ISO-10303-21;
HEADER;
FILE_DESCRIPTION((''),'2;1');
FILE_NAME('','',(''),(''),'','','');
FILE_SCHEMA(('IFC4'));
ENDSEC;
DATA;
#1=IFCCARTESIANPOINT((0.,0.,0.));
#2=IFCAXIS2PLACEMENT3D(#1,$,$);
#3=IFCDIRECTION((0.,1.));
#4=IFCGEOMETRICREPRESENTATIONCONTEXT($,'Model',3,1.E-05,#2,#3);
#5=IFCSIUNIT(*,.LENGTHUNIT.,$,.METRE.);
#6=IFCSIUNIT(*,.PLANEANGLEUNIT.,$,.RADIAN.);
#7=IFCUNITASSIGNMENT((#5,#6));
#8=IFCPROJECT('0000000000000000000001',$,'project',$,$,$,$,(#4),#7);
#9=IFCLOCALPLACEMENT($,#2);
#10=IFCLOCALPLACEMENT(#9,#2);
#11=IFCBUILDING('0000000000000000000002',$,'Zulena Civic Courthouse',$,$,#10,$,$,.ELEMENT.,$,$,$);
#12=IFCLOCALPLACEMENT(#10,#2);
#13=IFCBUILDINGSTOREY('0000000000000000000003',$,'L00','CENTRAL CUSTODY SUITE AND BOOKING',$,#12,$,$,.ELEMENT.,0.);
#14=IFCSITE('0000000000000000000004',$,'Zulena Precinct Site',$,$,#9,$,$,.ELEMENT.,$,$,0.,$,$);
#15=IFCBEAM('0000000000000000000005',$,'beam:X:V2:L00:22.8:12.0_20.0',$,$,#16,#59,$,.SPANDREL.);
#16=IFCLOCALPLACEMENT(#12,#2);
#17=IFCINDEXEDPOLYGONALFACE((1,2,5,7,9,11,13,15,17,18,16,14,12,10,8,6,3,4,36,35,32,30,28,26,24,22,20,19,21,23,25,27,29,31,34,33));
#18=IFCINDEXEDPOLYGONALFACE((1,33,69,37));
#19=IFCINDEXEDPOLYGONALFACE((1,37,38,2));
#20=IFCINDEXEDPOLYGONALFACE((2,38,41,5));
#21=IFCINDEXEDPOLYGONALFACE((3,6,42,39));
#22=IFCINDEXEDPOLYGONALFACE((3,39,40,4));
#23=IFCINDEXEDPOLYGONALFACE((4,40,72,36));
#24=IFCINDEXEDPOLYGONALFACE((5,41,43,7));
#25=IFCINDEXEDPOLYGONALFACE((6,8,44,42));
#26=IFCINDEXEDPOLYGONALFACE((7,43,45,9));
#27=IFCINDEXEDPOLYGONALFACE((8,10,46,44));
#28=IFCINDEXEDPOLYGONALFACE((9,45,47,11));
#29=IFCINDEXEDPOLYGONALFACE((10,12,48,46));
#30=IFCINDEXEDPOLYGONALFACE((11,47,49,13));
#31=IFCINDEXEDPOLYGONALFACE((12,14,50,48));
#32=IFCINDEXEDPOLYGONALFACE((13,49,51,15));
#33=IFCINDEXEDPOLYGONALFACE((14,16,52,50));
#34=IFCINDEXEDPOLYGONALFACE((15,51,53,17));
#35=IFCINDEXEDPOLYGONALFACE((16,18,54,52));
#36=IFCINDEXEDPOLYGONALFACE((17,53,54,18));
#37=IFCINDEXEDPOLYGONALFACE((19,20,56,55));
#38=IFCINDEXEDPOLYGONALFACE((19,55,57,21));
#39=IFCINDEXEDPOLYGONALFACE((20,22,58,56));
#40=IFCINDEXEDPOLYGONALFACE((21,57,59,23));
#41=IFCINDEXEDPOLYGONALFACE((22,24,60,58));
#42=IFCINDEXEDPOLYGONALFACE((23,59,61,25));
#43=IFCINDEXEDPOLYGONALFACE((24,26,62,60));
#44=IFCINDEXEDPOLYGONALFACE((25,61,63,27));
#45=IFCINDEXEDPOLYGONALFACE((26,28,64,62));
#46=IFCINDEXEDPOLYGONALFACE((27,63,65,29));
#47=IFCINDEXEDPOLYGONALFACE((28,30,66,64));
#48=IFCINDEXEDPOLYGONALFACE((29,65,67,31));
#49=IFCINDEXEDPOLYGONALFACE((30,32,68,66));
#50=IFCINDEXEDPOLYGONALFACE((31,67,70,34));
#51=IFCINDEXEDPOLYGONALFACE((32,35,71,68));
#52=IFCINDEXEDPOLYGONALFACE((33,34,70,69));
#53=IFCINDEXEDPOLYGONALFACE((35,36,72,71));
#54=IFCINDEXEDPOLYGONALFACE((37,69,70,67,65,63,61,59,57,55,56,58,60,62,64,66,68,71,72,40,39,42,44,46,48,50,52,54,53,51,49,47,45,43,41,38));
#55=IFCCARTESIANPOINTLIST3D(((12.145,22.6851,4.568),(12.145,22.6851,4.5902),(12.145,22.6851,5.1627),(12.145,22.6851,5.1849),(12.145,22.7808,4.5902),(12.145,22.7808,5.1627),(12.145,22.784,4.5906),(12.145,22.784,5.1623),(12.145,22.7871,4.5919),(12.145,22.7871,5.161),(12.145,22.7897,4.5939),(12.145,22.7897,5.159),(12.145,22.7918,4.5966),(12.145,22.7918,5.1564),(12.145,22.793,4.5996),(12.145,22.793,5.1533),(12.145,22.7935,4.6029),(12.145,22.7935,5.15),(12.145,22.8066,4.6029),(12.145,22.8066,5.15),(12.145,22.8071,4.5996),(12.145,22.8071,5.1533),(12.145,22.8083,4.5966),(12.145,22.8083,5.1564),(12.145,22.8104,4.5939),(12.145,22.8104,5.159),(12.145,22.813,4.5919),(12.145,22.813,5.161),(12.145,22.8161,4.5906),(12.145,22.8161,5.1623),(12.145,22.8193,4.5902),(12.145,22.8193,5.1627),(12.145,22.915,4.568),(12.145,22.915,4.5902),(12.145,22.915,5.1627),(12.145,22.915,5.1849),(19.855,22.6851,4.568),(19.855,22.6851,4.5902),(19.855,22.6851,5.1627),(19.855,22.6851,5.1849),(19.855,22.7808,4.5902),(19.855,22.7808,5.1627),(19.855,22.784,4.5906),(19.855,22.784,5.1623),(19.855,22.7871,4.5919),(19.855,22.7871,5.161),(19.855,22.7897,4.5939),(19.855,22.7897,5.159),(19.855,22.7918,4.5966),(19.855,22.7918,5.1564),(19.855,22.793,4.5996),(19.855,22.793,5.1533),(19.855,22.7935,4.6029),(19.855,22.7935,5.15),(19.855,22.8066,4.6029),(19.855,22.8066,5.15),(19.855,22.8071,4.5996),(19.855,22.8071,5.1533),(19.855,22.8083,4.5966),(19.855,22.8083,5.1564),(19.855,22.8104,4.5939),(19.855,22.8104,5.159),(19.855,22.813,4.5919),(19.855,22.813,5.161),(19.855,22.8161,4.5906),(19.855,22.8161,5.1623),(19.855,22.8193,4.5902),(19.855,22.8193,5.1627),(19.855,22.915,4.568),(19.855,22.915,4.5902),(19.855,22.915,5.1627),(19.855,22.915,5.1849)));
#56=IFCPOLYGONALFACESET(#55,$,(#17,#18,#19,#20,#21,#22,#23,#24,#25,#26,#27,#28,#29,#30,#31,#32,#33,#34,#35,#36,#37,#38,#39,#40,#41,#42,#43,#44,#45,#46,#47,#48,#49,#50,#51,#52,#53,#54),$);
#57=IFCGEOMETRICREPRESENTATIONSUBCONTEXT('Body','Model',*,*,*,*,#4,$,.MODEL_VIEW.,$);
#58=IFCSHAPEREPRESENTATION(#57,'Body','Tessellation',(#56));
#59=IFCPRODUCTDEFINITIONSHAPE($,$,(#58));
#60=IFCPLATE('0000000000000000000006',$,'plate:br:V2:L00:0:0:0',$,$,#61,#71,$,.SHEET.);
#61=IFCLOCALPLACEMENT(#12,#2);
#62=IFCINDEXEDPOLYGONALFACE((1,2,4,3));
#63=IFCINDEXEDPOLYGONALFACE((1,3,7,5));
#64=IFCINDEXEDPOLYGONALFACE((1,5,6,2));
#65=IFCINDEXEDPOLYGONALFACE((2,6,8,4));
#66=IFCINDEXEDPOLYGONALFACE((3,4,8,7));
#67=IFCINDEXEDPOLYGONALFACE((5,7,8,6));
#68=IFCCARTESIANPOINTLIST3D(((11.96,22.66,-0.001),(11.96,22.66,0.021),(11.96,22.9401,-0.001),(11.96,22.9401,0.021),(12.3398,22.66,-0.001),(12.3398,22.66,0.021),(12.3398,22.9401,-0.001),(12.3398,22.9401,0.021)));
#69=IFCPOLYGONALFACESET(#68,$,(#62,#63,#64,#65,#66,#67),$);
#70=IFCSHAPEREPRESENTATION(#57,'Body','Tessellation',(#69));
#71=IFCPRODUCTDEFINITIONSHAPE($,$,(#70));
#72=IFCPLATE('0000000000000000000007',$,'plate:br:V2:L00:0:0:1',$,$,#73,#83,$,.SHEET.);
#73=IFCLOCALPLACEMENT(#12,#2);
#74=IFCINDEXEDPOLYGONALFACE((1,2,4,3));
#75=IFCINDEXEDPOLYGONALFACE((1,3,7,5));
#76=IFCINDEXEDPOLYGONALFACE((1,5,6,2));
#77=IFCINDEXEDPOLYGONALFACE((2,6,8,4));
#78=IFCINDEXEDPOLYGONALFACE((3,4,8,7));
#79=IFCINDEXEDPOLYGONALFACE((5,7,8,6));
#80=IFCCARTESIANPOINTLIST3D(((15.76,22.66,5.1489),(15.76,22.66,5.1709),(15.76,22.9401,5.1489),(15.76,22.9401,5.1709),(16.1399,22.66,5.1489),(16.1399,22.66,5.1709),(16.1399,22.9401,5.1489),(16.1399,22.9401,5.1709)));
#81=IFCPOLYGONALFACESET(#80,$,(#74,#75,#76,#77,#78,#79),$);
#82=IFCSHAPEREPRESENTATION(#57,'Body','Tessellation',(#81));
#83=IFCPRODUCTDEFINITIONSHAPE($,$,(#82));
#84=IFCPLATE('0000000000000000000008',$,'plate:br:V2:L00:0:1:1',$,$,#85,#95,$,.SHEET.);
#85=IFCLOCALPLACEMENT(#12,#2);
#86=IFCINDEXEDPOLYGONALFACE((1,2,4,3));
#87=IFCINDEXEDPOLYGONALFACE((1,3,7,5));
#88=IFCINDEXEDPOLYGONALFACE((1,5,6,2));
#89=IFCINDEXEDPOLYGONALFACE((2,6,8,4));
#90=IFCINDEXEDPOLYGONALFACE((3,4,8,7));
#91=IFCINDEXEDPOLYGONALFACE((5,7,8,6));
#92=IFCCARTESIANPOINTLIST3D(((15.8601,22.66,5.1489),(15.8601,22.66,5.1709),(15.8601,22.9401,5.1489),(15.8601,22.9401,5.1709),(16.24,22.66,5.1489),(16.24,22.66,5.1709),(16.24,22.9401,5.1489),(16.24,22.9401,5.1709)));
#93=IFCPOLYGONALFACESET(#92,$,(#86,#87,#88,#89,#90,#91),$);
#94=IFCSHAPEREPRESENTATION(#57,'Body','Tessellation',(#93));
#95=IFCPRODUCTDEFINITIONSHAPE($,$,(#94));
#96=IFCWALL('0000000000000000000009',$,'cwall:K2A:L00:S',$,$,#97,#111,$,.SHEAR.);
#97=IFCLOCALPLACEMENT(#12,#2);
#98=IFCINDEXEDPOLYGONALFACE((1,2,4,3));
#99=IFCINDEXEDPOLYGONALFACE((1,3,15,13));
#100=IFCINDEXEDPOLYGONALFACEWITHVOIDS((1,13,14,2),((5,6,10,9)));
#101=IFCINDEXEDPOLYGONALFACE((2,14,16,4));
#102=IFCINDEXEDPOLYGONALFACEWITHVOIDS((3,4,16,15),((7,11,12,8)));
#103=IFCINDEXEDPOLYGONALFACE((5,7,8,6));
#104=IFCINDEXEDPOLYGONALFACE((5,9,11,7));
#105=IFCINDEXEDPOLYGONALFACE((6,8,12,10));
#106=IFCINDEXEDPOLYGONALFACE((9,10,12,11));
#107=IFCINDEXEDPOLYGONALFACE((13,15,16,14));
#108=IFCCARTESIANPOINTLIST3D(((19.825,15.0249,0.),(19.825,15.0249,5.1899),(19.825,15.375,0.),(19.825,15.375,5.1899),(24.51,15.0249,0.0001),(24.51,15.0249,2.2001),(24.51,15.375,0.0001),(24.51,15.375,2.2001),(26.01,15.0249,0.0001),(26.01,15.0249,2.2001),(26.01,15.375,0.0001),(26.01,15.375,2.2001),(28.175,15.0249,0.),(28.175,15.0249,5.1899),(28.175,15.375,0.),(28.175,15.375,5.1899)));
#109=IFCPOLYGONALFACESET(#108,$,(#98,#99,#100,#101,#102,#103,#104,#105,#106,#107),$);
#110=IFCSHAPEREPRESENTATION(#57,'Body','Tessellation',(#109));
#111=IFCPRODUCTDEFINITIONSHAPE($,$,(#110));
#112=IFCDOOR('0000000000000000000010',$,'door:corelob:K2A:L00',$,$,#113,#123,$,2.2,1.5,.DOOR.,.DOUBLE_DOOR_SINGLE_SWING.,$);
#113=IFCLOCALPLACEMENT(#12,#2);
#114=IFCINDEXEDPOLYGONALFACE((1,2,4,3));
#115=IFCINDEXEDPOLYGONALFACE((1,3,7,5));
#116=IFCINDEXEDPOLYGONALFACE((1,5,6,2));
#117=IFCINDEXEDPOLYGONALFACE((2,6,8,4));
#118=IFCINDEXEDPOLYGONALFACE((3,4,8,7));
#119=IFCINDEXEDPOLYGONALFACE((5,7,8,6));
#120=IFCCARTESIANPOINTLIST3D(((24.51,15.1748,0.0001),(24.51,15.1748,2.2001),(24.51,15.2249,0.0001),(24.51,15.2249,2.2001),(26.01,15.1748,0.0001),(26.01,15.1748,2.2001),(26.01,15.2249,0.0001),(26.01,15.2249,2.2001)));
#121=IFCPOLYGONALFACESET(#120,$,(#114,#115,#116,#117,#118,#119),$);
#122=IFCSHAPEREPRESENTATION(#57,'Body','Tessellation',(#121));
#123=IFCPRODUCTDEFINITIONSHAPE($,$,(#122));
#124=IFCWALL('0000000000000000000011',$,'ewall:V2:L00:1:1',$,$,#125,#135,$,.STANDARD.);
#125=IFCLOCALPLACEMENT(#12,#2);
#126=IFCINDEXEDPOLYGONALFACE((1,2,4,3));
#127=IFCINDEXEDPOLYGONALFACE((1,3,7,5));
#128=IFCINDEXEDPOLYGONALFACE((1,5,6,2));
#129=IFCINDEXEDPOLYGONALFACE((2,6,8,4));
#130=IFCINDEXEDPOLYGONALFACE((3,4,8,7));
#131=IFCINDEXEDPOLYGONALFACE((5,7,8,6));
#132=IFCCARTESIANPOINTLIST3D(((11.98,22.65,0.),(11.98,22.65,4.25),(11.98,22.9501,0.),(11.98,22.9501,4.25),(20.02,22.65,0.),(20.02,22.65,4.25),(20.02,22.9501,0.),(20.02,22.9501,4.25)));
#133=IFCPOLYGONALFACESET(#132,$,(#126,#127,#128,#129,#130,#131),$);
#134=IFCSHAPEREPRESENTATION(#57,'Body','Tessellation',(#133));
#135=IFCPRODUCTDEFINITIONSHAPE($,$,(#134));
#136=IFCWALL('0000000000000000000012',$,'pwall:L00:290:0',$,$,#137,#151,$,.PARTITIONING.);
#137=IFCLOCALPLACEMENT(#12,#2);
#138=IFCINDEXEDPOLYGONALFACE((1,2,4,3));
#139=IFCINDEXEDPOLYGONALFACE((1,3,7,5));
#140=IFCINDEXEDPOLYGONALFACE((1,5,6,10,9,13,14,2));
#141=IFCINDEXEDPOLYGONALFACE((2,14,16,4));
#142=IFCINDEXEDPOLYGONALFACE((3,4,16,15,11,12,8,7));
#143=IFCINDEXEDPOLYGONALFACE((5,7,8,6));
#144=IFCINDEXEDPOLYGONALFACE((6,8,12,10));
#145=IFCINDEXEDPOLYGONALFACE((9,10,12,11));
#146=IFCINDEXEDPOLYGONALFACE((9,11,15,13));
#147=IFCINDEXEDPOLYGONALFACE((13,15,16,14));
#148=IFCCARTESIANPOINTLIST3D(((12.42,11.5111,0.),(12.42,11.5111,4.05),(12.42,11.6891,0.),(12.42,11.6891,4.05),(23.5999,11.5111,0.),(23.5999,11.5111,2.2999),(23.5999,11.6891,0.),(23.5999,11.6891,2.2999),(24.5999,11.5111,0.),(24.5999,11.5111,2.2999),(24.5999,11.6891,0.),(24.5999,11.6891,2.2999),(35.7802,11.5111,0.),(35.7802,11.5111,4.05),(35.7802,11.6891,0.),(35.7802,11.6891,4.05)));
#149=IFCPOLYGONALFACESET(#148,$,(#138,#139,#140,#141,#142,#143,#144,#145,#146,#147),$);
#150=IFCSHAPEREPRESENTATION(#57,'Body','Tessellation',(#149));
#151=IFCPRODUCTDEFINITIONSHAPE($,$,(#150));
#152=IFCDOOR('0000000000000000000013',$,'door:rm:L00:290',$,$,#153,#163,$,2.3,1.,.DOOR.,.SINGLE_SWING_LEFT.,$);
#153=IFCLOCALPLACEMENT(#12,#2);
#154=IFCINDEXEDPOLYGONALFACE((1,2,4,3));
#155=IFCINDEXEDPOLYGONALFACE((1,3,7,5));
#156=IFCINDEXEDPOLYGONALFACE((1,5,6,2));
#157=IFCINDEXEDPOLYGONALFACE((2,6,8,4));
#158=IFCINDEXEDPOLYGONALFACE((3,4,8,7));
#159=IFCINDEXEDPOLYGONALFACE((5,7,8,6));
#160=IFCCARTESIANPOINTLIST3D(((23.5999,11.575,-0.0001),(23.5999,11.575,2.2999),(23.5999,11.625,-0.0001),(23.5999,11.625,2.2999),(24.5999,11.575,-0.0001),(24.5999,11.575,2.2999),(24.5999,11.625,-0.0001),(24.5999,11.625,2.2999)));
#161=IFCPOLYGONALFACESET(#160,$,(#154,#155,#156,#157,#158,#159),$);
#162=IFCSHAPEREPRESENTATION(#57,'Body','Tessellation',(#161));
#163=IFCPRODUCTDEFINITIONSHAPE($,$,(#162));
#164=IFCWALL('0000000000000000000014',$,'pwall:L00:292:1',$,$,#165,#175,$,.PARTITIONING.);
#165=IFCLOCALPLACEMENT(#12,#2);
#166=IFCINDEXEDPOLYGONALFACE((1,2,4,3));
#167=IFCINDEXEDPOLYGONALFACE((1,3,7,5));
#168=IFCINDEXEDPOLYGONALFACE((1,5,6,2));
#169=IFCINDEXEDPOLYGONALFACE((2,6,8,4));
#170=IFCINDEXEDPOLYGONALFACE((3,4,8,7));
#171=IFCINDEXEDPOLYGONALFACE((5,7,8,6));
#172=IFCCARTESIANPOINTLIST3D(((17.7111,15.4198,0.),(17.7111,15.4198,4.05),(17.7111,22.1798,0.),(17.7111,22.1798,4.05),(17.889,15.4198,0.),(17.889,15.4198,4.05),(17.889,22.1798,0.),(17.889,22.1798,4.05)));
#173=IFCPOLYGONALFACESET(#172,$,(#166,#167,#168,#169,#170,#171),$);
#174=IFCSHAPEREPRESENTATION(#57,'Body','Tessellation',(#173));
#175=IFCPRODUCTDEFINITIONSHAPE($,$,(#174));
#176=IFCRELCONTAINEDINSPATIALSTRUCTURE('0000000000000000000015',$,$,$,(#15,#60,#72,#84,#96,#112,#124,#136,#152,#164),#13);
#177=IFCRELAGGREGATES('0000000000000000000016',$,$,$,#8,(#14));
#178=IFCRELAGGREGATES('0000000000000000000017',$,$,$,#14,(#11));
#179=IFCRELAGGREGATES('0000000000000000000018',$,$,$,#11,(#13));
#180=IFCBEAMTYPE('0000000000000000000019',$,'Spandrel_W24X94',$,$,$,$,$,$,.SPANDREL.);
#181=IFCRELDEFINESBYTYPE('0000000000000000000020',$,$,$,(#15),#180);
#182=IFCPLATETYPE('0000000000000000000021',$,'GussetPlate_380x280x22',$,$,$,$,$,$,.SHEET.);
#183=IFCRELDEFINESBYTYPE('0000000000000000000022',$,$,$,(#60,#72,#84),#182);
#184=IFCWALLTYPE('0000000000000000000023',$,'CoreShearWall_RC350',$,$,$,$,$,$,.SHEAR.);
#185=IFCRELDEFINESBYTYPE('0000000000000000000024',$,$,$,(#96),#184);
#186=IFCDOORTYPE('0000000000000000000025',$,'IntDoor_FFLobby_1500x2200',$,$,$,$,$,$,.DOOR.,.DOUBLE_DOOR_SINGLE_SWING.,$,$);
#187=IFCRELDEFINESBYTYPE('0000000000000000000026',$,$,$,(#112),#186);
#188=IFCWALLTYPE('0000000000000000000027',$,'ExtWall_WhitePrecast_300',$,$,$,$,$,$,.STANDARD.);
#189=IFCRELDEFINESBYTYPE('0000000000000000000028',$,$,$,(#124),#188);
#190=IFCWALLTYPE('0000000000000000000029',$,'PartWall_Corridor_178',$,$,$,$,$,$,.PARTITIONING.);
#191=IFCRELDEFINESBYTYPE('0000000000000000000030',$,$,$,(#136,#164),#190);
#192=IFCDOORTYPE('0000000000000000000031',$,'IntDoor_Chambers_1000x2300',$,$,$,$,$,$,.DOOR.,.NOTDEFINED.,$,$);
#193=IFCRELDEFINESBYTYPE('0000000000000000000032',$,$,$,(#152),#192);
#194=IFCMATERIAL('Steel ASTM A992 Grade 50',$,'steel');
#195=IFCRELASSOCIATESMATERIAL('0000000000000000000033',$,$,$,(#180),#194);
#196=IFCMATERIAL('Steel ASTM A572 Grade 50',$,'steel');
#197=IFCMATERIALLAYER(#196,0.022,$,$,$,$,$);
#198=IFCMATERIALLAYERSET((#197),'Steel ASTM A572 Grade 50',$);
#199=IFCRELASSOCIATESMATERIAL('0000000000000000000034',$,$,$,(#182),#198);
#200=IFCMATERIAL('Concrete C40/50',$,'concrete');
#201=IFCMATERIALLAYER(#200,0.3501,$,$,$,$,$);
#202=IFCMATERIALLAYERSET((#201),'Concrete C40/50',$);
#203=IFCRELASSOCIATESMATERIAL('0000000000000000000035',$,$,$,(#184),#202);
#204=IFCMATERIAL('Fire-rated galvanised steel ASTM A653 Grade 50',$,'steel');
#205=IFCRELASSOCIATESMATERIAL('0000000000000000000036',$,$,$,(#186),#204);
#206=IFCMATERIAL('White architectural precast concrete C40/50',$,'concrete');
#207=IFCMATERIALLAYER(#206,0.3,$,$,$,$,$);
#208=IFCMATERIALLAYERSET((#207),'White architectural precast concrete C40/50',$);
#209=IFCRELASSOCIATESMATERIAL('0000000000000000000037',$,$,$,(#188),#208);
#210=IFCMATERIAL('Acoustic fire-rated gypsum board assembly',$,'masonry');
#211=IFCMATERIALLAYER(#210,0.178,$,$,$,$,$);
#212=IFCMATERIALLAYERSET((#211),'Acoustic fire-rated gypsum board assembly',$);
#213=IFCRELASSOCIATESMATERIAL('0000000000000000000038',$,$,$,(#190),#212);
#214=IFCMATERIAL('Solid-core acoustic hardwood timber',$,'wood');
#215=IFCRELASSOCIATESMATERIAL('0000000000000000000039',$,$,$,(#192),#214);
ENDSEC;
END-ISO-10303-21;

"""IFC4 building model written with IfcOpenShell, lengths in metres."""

from ifc_helpers import new_model, si_unit, direction, frame, frame_2d, origin, origin_2d, place, context, subcontext, project, spatial, rectangle, i_section, extrude, material, layer, layer_set, material_profile, profile_set, type_object, element, fill, save


model = new_model("IFC4")

# Units and contexts
model_context = context("Model", 3, precision=1e-05, world=origin(), true_north=direction((0.0, 1.0)))
body_context = subcontext(model_context, "Body", "Model", "MODEL_VIEW")
ifc_project = project(units=[si_unit("LENGTHUNIT", "METRE"), si_unit("PLANEANGLEUNIT", "RADIAN")], contexts=[model_context])

# Site, building, storey
site_placement = place(None, origin())
site = spatial("IfcSite", under=ifc_project, at=site_placement, Name="Zulena Precinct Site", CompositionType="ELEMENT", RefElevation=0.0)
building_placement = place(site_placement, origin())
building = spatial("IfcBuilding", under=site, at=building_placement, Name="Zulena Civic Courthouse", CompositionType="ELEMENT")
storey_placement = place(building_placement, origin())
storey = spatial("IfcBuildingStorey", under=building, at=storey_placement, Name="L00", Description="CENTRAL CUSTODY SUITE AND BOOKING", CompositionType="ELEMENT", Elevation=0.0)

# Shared definitions
ifc_material_1 = material(Name="Concrete C40/50", Category="concrete")

# Shared definitions
ifc_material_2 = material(Name="Steel ASTM A992 Grade 50", Category="steel")

# Beam
ifc_material_profile_1 = material_profile(ifc_material_2, i_section(OverallWidth=0.23, OverallDepth=0.6169, WebThickness=0.0132, FlangeThickness=0.0222, FilletRadius=0.0127, at=origin_2d()), Name="W24X94")
ifc_profile_set_1 = profile_set([ifc_material_profile_1], Name="Steel ASTM A992 Grade 50")
beam_type_1 = type_object("IfcBeamType", Name="Spandrel_W24X94", PredefinedType="SPANDREL", material=ifc_profile_set_1)
beam_1_placement = place(storey_placement, frame((12.145, 22.8, 4.8765), z_axis=(1.0, 0.0, 0.0), x_axis=(0.0, 1.0, 0.0)))
element("IfcBeam", 1, at=beam_1_placement, inside=storey, type_object=beam_type_1, Name="beam:X:V2:L00:22.8:12.0_20.0", PredefinedType="SPANDREL", context=body_context, shape_type="SweptSolid", body=[
    extrude(i_section(OverallWidth=0.23, OverallDepth=0.6169, WebThickness=0.0132, FlangeThickness=0.0222, FilletRadius=0.0127, at=origin_2d()), origin(), (0.0, 0.0, 1.0), 7.71),
])

# Plates
ifc_material_3 = material(Name="Steel ASTM A572 Grade 50", Category="steel")
ifc_layer_1 = layer(ifc_material_3, 0.022)
ifc_layer_set_1 = layer_set([ifc_layer_1], Name="Steel ASTM A572 Grade 50")
plate_type = type_object("IfcPlateType", Name="GussetPlate_380x280x22", PredefinedType="SHEET", material=ifc_layer_set_1)
for number, where, z_axis, x_axis, name in (
    (2, (12.1499, 22.8, -0.001), (0.0, 0.0, 1.0), (1.0, 0.0, 0.0), "plate:br:V2:L00:0:0:0"),
    (3, (15.95, 22.8, 5.1489), (0.0, 0.0, 1.0), (1.0, 0.0, 0.0), "plate:br:V2:L00:0:0:1"),
    (4, (16.05, 22.8, 5.1489), (0.0, 0.0, 1.0), (1.0, 0.0, 0.0), "plate:br:V2:L00:0:1:1"),
):
    element("IfcPlate", number, at=place(storey_placement, frame(where, z_axis=z_axis, x_axis=x_axis)), inside=storey, type_object=plate_type, Name=name, PredefinedType="SHEET", context=body_context, shape_type="SweptSolid", body=[
        extrude(rectangle(XDim=0.3799, YDim=0.28, at=origin_2d()), origin(), (0.0, 0.0, 1.0), 0.022),
    ])

# Wall, opening, door
ifc_layer_2 = layer(ifc_material_1, 0.3501)
ifc_layer_set_2 = layer_set([ifc_layer_2], Name="Concrete C40/50")
wall_type_1 = type_object("IfcWallType", Name="CoreShearWall_RC350", PredefinedType="SHEAR", material=ifc_layer_set_2)
wall_1_placement = place(storey_placement, frame((19.825, 15.2, 0.0), z_axis=(0.0, 0.0, 1.0), x_axis=(1.0, 0.0, 0.0)))
wall_1 = element("IfcWall", 5, at=wall_1_placement, inside=storey, type_object=wall_type_1, Name="cwall:K2A:L00:S", PredefinedType="SHEAR", context=body_context, shape_type="SweptSolid", body=[
    extrude(rectangle(XDim=8.3501, YDim=0.3501, at=frame_2d((4.175, 0.0))), origin(), (0.0, 0.0, 1.0), 5.1899),
])
opening_1_placement = place(wall_1_placement, frame((4.6851, 0.0, 0.0)))
opening_1 = element("IfcOpeningElement", 6, at=opening_1_placement, cuts=wall_1, PredefinedType="OPENING", context=body_context, shape_type="SweptSolid", body=[
    extrude(rectangle(XDim=1.5, YDim=2.2, at=frame_2d((0.75, 1.1001))), frame((0.0, 0.1851, 0.0), z_axis=(0.0, -1.0, 0.0), x_axis=(1.0, 0.0, 0.0)), (0.0, 0.0, 1.0), 0.3701),
])
ifc_material_4 = material(Name="Fire-rated galvanised steel ASTM A653 Grade 50", Category="steel")
door_type_1 = type_object("IfcDoorType", Name="IntDoor_FFLobby_1500x2200", OperationType="DOUBLE_DOOR_SINGLE_SWING", PredefinedType="DOOR", material=ifc_material_4)
door_1_placement = place(opening_1_placement, origin())
door_1 = element("IfcDoor", 7, at=door_1_placement, inside=storey, type_object=door_type_1, Name="door:corelob:K2A:L00", OperationType="DOUBLE_DOOR_SINGLE_SWING", OverallHeight=2.2, OverallWidth=1.5, PredefinedType="DOOR", context=body_context, shape_type="SweptSolid", body=[
    extrude(rectangle(XDim=1.5, YDim=2.2, at=frame_2d((0.75, 1.1001))), frame((0.0, 0.0249, 0.0), z_axis=(0.0, -1.0, 0.0), x_axis=(1.0, 0.0, 0.0)), (0.0, 0.0, 1.0), 0.05),
])
fill(opening_1, door_1)

# Wall
ifc_material_5 = material(Name="White architectural precast concrete C40/50", Category="concrete")
ifc_layer_3 = layer(ifc_material_5, 0.3)
ifc_layer_set_3 = layer_set([ifc_layer_3], Name="White architectural precast concrete C40/50")
wall_type_2 = type_object("IfcWallType", Name="ExtWall_WhitePrecast_300", PredefinedType="STANDARD", material=ifc_layer_set_3)
wall_2_placement = place(storey_placement, frame((11.98, 22.8, 0.0), z_axis=(0.0, 0.0, 1.0), x_axis=(1.0, 0.0, 0.0)))
element("IfcWall", 8, at=wall_2_placement, inside=storey, type_object=wall_type_2, Name="ewall:V2:L00:1:1", PredefinedType="STANDARD", context=body_context, shape_type="SweptSolid", body=[
    extrude(rectangle(XDim=8.04, YDim=0.3, at=frame_2d((4.02, 0.0))), origin(), (0.0, 0.0, 1.0), 4.25),
])

# Wall, opening, door
ifc_material_6 = material(Name="Acoustic fire-rated gypsum board assembly", Category="masonry")
ifc_layer_4 = layer(ifc_material_6, 0.178)
ifc_layer_set_4 = layer_set([ifc_layer_4], Name="Acoustic fire-rated gypsum board assembly")
wall_type_3 = type_object("IfcWallType", Name="PartWall_Corridor_178", PredefinedType="PARTITIONING", material=ifc_layer_set_4)
wall_3_placement = place(storey_placement, frame((12.4199, 11.6001, 0.0), z_axis=(0.0, 0.0, 1.0), x_axis=(1.0, 0.0, 0.0)))
wall_3 = element("IfcWall", 9, at=wall_3_placement, inside=storey, type_object=wall_type_3, Name="pwall:L00:290:0", PredefinedType="PARTITIONING", context=body_context, shape_type="SweptSolid", body=[
    extrude(rectangle(XDim=23.3601, YDim=0.178, at=frame_2d((11.6802, 0.0))), origin(), (0.0, 0.0, 1.0), 4.05),
])
opening_2_placement = place(wall_3_placement, frame((11.1799, 0.0, 0.0)))
opening_2 = element("IfcOpeningElement", 10, at=opening_2_placement, cuts=wall_3, PredefinedType="OPENING", context=body_context, shape_type="SweptSolid", body=[
    extrude(rectangle(XDim=1.0, YDim=2.3, at=frame_2d((0.5, 1.1499))), frame((0.0, 0.0989, 0.0), z_axis=(0.0, -1.0, 0.0), x_axis=(1.0, 0.0, 0.0)), (0.0, 0.0, 1.0), 0.198),
])
ifc_material_7 = material(Name="Solid-core acoustic hardwood timber", Category="wood")
door_type_2 = type_object("IfcDoorType", Name="IntDoor_Chambers_1000x2300", OperationType="NOTDEFINED", PredefinedType="DOOR", material=ifc_material_7)
door_2_placement = place(opening_2_placement, origin())
door_2 = element("IfcDoor", 11, at=door_2_placement, inside=storey, type_object=door_type_2, Name="door:rm:L00:290", OperationType="SINGLE_SWING_LEFT", OverallHeight=2.3, OverallWidth=1.0, PredefinedType="DOOR", context=body_context, shape_type="SweptSolid", body=[
    extrude(rectangle(XDim=1.0, YDim=2.3, at=frame_2d((0.5, 1.1499))), frame((0.0, 0.0249, 0.0), z_axis=(0.0, -1.0, 0.0), x_axis=(1.0, 0.0, 0.0)), (0.0, 0.0, 1.0), 0.05),
])
fill(opening_2, door_2)

# Wall
wall_4_placement = place(storey_placement, frame((17.8, 15.4199, 0.0), z_axis=(0.0, 0.0, 1.0), x_axis=(0.0, 1.0, 0.0)))
element("IfcWall", 12, at=wall_4_placement, inside=storey, type_object=wall_type_3, Name="pwall:L00:292:1", PredefinedType="PARTITIONING", context=body_context, shape_type="SweptSolid", body=[
    extrude(rectangle(XDim=6.76, YDim=0.178, at=frame_2d((3.3799, 0.0))), origin(), (0.0, 0.0, 1.0), 4.05),
])

save(model, "model.ifc")
